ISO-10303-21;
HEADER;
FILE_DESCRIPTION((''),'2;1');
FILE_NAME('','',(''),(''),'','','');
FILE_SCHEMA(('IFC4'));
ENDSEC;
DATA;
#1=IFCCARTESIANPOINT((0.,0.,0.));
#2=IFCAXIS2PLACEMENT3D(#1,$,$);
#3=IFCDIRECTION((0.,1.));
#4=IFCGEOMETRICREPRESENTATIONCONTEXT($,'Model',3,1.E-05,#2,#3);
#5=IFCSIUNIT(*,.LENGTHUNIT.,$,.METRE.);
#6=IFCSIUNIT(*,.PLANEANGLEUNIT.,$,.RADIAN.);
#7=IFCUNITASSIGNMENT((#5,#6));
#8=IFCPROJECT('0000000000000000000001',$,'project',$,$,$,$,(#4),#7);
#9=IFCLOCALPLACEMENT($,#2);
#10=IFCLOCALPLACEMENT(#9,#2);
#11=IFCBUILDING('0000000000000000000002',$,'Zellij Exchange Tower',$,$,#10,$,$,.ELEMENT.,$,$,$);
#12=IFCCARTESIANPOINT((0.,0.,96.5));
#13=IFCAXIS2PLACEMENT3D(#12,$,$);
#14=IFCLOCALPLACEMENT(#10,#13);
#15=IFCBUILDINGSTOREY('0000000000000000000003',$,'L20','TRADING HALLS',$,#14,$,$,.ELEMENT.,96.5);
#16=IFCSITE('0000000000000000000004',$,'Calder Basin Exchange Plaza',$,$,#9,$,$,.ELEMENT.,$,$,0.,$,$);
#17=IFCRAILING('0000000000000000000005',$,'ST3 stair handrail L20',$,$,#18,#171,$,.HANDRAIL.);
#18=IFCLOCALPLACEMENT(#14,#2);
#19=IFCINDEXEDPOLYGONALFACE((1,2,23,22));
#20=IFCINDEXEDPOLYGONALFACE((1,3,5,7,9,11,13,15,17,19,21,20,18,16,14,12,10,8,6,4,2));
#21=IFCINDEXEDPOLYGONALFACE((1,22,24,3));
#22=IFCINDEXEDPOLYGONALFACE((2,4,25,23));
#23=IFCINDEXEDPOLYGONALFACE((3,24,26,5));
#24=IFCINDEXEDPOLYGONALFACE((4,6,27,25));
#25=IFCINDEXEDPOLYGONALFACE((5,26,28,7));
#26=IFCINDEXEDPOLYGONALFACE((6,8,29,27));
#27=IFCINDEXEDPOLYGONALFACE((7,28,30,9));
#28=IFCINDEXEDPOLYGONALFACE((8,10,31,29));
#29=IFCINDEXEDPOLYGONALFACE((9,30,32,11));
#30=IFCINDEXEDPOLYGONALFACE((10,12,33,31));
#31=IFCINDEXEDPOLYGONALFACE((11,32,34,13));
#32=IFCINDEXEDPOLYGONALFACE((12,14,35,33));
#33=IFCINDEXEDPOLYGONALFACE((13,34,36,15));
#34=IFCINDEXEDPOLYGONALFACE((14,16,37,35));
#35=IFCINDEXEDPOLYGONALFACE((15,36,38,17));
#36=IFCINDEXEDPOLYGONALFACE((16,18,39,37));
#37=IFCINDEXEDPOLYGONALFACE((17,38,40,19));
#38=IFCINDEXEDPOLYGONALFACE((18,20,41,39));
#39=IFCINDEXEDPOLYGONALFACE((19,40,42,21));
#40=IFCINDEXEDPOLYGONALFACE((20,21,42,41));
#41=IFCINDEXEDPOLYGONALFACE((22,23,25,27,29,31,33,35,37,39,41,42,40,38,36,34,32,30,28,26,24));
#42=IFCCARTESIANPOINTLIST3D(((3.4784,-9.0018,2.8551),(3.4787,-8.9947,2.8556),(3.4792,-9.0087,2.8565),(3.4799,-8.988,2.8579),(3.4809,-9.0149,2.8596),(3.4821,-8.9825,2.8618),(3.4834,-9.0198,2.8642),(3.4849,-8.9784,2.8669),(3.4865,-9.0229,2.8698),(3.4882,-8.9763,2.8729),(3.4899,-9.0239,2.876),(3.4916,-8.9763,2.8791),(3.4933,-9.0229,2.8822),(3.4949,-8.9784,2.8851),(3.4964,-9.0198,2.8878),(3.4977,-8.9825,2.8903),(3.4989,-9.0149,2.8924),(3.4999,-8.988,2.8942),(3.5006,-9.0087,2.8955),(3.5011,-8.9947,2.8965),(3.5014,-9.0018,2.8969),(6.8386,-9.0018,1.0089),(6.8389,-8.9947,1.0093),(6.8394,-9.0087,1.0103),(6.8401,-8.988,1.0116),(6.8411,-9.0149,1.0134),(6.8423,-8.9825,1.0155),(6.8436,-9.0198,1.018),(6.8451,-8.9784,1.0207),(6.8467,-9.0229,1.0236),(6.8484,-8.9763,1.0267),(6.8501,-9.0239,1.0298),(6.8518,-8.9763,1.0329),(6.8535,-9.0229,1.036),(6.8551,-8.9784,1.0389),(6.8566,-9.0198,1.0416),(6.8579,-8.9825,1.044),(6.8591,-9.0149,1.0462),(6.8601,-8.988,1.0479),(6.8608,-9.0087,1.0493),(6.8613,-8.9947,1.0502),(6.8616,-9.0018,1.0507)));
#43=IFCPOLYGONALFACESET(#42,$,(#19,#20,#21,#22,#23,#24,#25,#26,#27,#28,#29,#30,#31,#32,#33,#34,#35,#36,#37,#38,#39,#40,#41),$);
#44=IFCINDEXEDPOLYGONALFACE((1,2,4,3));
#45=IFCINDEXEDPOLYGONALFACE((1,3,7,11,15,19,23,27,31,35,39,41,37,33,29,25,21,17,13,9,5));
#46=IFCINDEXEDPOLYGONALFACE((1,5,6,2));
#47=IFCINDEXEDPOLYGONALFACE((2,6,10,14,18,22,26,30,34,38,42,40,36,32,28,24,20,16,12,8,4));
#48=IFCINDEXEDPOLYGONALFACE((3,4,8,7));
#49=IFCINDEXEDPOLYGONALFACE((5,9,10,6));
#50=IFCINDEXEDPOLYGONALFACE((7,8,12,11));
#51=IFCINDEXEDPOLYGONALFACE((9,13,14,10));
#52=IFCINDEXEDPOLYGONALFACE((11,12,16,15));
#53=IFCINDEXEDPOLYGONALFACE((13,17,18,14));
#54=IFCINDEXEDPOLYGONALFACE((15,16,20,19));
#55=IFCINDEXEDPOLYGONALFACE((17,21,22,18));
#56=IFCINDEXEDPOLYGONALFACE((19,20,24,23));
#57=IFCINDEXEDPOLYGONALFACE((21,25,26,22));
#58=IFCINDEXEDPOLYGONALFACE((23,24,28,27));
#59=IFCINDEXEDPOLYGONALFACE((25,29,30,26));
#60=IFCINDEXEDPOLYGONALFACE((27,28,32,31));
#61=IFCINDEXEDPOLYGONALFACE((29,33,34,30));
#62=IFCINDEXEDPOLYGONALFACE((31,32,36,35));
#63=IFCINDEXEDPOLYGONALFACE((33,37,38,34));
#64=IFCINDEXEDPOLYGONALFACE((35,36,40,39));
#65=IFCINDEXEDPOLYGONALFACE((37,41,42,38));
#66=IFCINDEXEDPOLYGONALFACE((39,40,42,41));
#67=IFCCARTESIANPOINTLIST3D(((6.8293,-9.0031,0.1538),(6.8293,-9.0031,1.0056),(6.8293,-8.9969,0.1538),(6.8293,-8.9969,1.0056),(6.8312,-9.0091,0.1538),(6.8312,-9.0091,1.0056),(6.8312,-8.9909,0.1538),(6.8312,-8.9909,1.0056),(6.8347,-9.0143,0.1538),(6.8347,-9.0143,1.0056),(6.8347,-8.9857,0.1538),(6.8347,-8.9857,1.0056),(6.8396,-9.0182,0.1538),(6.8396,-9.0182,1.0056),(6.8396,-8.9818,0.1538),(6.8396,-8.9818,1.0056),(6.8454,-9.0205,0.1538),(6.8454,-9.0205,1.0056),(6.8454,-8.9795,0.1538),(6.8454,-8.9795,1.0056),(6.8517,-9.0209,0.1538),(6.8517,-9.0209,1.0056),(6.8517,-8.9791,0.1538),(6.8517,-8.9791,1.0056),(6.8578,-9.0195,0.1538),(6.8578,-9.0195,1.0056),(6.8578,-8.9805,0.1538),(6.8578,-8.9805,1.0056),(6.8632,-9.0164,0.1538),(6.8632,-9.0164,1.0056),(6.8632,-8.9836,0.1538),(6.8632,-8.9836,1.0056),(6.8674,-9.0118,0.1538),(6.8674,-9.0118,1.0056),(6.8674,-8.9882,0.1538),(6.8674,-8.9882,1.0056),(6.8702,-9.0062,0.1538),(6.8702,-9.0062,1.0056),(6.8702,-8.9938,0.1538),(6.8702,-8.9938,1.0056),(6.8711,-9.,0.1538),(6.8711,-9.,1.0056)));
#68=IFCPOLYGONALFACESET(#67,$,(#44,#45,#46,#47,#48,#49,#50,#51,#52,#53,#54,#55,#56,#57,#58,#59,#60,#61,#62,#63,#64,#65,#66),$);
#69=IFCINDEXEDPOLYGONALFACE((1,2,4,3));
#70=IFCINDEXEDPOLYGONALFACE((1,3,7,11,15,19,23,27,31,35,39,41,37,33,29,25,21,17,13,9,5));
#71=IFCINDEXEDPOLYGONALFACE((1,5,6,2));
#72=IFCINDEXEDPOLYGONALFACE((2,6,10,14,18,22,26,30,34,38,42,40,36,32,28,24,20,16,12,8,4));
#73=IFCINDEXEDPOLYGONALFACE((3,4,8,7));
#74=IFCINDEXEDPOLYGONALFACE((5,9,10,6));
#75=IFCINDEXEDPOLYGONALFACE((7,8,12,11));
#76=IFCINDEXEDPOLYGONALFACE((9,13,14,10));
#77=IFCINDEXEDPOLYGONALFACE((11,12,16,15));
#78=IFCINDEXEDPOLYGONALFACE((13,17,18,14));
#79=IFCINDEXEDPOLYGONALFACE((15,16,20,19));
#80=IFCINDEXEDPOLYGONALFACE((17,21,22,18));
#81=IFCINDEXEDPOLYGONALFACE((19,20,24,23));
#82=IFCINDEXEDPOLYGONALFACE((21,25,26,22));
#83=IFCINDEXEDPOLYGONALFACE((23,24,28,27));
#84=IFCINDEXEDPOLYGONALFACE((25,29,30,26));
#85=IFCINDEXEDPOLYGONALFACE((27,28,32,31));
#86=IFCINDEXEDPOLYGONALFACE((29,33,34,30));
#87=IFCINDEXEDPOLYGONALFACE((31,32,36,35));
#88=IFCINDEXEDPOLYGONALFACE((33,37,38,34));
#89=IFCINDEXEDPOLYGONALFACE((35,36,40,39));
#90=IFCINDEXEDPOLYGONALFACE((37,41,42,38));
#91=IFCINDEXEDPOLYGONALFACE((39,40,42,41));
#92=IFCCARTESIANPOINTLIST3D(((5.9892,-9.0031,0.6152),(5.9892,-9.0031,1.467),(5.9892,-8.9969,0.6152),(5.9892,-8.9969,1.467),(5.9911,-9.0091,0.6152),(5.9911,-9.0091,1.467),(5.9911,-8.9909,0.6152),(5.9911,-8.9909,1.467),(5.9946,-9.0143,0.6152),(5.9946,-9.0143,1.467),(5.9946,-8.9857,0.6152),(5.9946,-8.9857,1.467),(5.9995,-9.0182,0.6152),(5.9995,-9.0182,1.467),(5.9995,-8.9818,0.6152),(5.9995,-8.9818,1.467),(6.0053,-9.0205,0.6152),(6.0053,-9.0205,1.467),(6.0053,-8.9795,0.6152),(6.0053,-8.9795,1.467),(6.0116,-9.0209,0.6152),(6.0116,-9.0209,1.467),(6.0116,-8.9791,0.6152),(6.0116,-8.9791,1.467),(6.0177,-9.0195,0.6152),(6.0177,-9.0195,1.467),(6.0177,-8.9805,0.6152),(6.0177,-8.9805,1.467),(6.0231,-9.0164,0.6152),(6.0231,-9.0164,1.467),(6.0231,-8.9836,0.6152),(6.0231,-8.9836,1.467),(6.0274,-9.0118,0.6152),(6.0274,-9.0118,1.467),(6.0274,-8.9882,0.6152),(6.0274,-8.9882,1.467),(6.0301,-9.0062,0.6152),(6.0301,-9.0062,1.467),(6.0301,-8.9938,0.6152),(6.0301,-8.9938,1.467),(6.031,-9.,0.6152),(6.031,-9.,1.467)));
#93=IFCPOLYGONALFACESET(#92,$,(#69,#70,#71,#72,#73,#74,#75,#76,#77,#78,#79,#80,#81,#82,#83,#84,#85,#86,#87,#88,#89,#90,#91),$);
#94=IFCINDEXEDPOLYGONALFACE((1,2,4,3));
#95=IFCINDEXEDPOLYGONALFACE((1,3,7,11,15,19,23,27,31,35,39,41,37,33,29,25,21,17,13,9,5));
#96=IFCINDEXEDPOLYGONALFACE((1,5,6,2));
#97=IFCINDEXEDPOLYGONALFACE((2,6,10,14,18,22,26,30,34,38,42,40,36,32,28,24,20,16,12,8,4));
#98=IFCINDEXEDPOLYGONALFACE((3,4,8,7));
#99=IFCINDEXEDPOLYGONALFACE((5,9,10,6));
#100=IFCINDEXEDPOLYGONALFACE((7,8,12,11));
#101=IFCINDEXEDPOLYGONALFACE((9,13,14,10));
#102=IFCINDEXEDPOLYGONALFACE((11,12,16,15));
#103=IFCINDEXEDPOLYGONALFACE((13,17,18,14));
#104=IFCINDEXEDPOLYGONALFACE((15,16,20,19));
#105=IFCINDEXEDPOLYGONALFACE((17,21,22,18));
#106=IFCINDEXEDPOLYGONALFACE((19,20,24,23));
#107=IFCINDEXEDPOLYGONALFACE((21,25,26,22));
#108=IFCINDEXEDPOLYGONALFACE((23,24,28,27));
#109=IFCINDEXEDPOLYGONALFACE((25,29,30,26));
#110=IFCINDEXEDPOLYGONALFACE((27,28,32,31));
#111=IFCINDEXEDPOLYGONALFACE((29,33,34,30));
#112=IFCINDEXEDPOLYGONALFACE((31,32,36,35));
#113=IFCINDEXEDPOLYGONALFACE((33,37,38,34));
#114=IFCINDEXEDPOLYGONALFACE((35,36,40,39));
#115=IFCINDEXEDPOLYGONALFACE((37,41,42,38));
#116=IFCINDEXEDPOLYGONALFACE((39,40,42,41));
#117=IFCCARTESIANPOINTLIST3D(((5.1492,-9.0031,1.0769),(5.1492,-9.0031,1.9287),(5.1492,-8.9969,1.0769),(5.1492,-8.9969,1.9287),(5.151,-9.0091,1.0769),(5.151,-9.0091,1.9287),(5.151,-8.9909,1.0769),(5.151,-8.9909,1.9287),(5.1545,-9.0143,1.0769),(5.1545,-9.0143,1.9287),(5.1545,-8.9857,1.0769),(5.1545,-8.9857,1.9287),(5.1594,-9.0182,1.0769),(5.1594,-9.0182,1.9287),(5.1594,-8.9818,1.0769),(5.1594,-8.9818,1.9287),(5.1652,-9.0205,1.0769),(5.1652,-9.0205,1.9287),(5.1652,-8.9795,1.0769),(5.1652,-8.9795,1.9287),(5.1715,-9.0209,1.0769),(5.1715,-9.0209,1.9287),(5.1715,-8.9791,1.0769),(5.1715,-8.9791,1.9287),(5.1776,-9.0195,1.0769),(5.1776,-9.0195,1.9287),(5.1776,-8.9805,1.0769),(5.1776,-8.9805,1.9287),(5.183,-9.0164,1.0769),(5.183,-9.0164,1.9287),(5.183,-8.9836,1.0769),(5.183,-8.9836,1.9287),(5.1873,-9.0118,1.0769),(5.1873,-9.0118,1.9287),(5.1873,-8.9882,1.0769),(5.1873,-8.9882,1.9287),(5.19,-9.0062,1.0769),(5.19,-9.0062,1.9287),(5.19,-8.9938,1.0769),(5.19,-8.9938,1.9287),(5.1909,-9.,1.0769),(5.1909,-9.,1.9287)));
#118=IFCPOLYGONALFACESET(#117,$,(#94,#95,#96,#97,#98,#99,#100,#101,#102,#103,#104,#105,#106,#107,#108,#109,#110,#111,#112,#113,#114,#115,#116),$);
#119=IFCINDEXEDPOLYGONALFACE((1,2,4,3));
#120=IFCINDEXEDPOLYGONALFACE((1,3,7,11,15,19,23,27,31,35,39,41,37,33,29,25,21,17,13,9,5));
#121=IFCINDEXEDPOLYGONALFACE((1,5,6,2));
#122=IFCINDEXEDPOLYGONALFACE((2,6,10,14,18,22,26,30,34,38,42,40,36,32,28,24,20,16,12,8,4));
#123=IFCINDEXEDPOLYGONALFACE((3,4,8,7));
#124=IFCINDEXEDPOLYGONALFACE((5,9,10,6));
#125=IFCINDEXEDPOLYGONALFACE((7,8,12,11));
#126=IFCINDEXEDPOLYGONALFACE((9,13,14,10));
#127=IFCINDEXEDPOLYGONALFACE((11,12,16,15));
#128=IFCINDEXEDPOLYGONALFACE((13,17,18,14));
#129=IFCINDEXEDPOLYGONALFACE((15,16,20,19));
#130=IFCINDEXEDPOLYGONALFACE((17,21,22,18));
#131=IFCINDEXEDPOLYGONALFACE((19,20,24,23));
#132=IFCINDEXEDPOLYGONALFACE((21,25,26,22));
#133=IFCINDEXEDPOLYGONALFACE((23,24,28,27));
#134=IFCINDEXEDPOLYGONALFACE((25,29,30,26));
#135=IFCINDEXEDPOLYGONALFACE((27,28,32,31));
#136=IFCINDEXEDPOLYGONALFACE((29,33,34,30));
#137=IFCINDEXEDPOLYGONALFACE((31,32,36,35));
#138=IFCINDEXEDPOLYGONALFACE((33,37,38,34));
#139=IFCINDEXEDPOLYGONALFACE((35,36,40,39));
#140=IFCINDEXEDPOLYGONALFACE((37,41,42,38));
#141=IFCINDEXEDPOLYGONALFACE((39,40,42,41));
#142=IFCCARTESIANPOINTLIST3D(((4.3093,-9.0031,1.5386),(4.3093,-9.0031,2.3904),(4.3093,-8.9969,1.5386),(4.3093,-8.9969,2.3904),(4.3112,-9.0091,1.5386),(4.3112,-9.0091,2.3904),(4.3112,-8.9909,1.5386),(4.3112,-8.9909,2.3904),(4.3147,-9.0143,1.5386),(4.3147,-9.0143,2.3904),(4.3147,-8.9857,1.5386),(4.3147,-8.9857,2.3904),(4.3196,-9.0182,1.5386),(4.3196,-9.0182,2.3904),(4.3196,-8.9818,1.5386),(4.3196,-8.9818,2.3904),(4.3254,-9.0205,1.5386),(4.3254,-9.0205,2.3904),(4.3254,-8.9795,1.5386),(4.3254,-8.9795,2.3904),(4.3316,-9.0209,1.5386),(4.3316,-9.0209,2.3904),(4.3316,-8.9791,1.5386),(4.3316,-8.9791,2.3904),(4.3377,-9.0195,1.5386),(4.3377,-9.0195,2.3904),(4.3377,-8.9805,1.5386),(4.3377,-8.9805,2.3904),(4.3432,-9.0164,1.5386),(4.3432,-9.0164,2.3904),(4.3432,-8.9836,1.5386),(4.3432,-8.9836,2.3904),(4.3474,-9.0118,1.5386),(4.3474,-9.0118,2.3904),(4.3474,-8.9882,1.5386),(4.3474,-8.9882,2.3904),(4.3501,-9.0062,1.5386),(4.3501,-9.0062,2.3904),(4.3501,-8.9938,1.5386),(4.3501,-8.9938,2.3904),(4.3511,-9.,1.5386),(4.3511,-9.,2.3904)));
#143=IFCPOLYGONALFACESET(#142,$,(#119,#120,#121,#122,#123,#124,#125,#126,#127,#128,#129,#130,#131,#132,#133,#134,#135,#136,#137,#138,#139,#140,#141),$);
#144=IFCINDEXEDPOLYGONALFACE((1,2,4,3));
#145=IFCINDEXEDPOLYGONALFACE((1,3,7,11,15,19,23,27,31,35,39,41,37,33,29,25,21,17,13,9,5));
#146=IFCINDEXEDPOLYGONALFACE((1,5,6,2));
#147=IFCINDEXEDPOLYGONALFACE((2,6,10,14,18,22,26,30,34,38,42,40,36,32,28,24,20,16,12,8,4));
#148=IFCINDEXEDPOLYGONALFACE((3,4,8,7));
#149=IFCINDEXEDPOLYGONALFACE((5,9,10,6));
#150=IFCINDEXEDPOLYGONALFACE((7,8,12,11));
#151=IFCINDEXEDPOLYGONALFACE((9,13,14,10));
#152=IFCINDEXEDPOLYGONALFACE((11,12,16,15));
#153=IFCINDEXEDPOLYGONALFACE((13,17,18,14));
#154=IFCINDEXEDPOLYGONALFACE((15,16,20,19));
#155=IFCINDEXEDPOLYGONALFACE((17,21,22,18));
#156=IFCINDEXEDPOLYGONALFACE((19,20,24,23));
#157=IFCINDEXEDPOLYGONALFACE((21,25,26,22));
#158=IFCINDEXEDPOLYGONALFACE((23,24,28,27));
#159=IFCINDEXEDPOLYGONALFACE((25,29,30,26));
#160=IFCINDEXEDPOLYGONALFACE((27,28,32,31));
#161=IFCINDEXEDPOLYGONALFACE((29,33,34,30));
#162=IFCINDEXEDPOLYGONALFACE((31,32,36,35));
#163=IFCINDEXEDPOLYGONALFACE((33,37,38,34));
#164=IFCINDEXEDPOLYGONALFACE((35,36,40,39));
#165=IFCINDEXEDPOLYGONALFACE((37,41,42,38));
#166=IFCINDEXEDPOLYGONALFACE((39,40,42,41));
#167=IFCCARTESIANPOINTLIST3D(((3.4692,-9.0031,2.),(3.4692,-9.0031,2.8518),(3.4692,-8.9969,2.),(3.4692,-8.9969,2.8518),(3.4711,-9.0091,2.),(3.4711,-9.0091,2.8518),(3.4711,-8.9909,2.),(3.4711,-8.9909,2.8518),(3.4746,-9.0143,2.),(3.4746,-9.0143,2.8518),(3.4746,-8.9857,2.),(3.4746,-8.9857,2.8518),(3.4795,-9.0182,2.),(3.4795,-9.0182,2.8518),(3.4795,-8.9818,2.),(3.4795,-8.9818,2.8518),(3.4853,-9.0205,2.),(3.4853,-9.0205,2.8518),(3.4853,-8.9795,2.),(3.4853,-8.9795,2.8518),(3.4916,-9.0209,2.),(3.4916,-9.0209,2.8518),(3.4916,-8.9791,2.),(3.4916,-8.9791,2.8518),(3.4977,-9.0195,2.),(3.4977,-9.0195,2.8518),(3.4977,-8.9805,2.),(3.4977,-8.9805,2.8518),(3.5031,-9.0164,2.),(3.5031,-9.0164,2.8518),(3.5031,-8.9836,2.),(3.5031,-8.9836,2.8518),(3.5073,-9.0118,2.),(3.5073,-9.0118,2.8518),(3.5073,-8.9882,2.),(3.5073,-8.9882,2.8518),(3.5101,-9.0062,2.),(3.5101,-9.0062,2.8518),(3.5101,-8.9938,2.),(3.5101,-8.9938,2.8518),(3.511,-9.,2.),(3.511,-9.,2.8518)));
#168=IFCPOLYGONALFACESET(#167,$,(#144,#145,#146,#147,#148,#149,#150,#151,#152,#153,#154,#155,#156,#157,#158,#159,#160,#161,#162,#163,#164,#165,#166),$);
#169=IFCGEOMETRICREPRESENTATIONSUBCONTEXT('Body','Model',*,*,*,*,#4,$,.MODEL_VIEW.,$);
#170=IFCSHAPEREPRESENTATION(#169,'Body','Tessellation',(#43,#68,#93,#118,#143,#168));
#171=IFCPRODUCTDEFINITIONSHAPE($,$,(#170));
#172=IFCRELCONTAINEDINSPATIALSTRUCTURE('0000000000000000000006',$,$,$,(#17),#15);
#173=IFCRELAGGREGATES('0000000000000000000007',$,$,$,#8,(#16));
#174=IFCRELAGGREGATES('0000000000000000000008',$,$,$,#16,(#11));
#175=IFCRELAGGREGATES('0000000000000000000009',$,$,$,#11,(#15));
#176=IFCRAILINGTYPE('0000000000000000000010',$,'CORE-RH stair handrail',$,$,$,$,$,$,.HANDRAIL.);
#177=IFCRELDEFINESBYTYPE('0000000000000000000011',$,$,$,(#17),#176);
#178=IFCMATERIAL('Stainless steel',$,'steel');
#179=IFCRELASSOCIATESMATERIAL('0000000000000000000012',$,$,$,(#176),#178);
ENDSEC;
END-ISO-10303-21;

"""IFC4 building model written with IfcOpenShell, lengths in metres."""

from ifc_helpers import new_model, si_unit, direction, frame, origin, origin_2d, place, context, subcontext, project, spatial, circle, extrude, material, type_object, element, save


model = new_model("IFC4")

# Units and contexts
model_context = context("Model", 3, precision=1e-05, world=origin(), true_north=direction((0.0, 1.0)))
body_context = subcontext(model_context, "Body", "Model", "MODEL_VIEW")
ifc_project = project(units=[si_unit("LENGTHUNIT", "METRE"), si_unit("PLANEANGLEUNIT", "RADIAN")], contexts=[model_context])

# Site, building, storey
site_placement = place(None, origin())
site = spatial("IfcSite", under=ifc_project, at=site_placement, Name="Calder Basin Exchange Plaza", CompositionType="ELEMENT", RefElevation=0.0)
building_placement = place(site_placement, origin())
building = spatial("IfcBuilding", under=site, at=building_placement, Name="Zellij Exchange Tower", CompositionType="ELEMENT")
storey_placement = place(building_placement, frame((0.0, 0.0, 96.5)))
storey = spatial("IfcBuildingStorey", under=building, at=storey_placement, Name="L20", Description="TRADING HALLS", CompositionType="ELEMENT", Elevation=96.5)

# Railing
ifc_material_1 = material(Name="Stainless steel", Category="steel")
railing_type_1 = type_object("IfcRailingType", Name="CORE-RH stair handrail", PredefinedType="HANDRAIL", material=ifc_material_1)
railing_1_placement = place(storey_placement, frame((6.8501, -9.0, 0.1538)))
element("IfcRailing", 1, at=railing_1_placement, inside=storey, type_object=railing_type_1, Name="ST3 stair handrail L20", PredefinedType="HANDRAIL", context=body_context, shape_type="SweptSolid", body=[
    extrude(circle(Radius=0.0239, at=origin_2d()), frame((0.0, 0.0, 0.876), z_axis=(-0.876422, 0.0, 0.481545), x_axis=(0.0, -1.0, 0.0)), (0.0, 0.0, 1.0), 3.834),
    extrude(circle(Radius=0.021, at=origin_2d()), origin(), (0.0, 0.0, 1.0), 0.8518),
    extrude(circle(Radius=0.021, at=origin_2d()), frame((-0.8401, 0.0, 0.4614)), (0.0, 0.0, 1.0), 0.8518),
    extrude(circle(Radius=0.021, at=origin_2d()), frame((-1.6802, 0.0, 0.9231)), (0.0, 0.0, 1.0), 0.8518),
    extrude(circle(Radius=0.021, at=origin_2d()), frame((-2.52, 0.0, 1.3848)), (0.0, 0.0, 1.0), 0.8518),
    extrude(circle(Radius=0.021, at=origin_2d()), frame((-3.3601, 0.0, 1.8462)), (0.0, 0.0, 1.0), 0.8518),
])

save(model, "model.ifc")
